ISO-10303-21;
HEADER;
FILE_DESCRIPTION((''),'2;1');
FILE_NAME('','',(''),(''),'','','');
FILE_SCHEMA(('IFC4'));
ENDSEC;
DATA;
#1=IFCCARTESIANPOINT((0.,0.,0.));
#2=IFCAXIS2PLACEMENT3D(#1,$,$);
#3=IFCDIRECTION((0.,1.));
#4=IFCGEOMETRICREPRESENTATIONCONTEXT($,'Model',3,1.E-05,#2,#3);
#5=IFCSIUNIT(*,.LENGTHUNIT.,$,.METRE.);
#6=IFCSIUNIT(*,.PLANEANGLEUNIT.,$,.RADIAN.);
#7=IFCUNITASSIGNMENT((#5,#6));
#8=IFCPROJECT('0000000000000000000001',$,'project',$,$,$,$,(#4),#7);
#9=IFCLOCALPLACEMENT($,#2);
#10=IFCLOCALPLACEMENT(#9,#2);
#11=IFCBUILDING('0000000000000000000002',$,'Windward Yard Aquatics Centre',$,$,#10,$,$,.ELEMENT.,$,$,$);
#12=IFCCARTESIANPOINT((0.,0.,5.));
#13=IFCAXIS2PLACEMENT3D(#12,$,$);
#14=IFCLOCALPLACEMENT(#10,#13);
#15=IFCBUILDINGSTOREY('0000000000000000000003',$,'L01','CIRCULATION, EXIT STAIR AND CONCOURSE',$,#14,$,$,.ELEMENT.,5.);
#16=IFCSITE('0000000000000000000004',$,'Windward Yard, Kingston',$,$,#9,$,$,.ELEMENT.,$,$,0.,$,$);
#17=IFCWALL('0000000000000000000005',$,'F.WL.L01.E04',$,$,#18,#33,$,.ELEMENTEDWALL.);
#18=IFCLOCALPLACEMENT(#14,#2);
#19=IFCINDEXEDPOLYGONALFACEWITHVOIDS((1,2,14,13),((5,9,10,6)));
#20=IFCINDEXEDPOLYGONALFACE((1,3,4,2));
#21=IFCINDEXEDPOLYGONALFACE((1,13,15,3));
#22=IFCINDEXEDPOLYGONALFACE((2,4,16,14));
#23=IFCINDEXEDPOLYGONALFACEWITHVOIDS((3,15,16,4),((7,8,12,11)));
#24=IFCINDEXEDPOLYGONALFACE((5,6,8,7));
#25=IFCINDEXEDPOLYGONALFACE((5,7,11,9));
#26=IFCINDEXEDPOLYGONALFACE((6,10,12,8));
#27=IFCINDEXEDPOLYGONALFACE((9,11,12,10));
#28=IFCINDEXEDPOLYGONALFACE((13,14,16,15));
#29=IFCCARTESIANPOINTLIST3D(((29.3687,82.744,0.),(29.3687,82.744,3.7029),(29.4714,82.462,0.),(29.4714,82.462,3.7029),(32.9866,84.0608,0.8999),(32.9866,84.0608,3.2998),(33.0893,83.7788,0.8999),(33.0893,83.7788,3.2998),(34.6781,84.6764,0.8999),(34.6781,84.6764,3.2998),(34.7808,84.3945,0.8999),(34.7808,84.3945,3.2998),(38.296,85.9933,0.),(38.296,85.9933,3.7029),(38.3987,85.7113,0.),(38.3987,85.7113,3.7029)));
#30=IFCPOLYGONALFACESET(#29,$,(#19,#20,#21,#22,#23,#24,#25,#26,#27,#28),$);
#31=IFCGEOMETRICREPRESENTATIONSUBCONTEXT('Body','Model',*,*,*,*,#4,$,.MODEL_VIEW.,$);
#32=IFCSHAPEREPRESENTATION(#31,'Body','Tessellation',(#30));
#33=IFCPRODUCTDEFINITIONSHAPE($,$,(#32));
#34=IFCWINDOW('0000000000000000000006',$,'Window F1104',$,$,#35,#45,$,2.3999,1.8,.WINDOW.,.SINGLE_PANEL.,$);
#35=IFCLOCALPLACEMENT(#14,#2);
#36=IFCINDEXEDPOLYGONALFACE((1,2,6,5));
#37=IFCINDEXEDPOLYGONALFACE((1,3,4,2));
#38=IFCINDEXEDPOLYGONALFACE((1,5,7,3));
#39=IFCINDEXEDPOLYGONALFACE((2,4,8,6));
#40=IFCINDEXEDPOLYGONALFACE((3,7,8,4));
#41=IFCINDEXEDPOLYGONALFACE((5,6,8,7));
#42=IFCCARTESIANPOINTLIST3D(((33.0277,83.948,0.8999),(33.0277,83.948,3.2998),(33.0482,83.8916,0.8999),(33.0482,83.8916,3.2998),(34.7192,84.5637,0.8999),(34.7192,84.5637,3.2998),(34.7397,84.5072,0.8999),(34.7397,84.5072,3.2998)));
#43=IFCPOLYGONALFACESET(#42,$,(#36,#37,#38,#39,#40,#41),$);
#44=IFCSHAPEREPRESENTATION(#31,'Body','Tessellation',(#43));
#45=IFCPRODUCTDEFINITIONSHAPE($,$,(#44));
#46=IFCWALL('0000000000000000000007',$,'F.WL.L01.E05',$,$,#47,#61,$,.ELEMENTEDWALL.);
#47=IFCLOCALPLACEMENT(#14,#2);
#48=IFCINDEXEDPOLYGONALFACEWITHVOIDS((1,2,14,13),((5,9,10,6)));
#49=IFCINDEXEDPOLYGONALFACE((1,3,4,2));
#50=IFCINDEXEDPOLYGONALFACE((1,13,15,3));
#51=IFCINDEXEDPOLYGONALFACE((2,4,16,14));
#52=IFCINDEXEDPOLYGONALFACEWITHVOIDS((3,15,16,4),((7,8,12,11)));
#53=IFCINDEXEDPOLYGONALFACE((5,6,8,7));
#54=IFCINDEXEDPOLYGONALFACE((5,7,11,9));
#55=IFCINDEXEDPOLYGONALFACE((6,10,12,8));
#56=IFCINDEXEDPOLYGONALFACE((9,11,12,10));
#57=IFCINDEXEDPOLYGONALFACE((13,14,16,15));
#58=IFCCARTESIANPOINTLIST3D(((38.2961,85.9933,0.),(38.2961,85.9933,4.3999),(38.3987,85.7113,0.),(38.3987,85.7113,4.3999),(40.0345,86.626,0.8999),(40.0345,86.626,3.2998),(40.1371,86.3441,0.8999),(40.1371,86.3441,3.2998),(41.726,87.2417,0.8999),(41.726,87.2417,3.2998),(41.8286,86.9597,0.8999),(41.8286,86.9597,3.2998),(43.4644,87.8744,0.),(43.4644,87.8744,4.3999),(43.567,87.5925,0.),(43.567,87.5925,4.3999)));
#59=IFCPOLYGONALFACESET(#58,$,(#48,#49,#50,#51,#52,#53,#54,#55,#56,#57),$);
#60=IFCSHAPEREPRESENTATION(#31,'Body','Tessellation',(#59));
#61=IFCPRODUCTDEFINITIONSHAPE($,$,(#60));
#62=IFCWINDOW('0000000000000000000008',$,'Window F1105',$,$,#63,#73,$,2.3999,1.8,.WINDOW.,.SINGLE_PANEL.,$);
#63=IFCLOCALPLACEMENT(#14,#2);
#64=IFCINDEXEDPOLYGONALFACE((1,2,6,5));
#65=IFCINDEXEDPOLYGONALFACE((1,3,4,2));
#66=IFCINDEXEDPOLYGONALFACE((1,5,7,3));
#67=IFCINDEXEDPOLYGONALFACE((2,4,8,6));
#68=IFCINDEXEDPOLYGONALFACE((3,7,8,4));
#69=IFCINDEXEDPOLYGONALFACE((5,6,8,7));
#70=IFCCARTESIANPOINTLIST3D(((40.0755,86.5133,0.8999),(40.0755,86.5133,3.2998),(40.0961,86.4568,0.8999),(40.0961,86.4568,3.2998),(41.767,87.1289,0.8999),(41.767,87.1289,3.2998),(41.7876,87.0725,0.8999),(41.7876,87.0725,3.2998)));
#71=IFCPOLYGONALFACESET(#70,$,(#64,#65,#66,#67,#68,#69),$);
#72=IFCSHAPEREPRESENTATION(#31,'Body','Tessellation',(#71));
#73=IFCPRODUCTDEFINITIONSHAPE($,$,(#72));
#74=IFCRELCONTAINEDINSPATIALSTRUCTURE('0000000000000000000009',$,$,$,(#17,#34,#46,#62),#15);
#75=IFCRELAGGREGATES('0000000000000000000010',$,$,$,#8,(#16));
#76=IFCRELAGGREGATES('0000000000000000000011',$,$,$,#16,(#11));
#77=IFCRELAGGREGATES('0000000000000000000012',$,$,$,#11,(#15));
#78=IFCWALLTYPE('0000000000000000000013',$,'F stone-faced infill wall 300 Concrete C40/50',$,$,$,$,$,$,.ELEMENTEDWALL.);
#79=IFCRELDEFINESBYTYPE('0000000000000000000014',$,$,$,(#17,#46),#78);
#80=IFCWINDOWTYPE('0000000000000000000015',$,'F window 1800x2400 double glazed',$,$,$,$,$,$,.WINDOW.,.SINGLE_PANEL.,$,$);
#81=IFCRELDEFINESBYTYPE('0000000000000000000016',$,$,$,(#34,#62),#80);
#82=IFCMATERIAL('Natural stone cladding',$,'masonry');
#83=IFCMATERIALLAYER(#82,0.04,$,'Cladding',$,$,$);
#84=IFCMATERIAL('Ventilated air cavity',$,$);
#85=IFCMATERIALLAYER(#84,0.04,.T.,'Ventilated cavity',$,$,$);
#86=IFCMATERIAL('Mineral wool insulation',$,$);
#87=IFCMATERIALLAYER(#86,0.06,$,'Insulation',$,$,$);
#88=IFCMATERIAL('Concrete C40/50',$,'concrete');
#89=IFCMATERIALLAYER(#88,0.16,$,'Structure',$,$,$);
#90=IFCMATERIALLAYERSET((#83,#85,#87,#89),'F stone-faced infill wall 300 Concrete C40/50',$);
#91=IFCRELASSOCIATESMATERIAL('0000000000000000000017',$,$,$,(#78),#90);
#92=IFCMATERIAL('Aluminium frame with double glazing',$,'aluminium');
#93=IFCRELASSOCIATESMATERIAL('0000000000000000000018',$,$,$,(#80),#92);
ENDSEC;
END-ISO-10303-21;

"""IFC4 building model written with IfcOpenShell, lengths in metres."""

from ifc_helpers import new_model, si_unit, direction, frame, frame_2d, origin, place, context, subcontext, project, spatial, rectangle, extrude, material, layer, layer_set, type_object, element, fill, save


model = new_model("IFC4")

# Units and contexts
model_context = context("Model", 3, precision=1e-05, world=origin(), true_north=direction((0.0, 1.0)))
body_context = subcontext(model_context, "Body", "Model", "MODEL_VIEW")
ifc_project = project(units=[si_unit("LENGTHUNIT", "METRE"), si_unit("PLANEANGLEUNIT", "RADIAN")], contexts=[model_context])

# Site, building, storey
site_placement = place(None, origin())
site = spatial("IfcSite", under=ifc_project, at=site_placement, Name="Windward Yard, Kingston", CompositionType="ELEMENT", RefElevation=0.0)
building_placement = place(site_placement, origin())
building = spatial("IfcBuilding", under=site, at=building_placement, Name="Windward Yard Aquatics Centre", CompositionType="ELEMENT")
storey_placement = place(building_placement, frame((0.0, 0.0, 5.0)))
storey = spatial("IfcBuildingStorey", under=building, at=storey_placement, Name="L01", Description="CIRCULATION, EXIT STAIR AND CONCOURSE", CompositionType="ELEMENT", Elevation=5.0)

# Walls, openings, windows
ifc_material_1 = material(Name="Natural stone cladding", Category="masonry")
ifc_layer_1 = layer(ifc_material_1, 0.04, Name="Cladding")
ifc_material_2 = material(Name="Ventilated air cavity")
ifc_layer_2 = layer(ifc_material_2, 0.04, ventilated=True, Name="Ventilated cavity")
ifc_material_3 = material(Name="Mineral wool insulation")
ifc_layer_3 = layer(ifc_material_3, 0.06, Name="Insulation")
ifc_material_4 = material(Name="Concrete C40/50", Category="concrete")
ifc_layer_4 = layer(ifc_material_4, 0.16, Name="Structure")
ifc_layer_set_1 = layer_set([ifc_layer_1, ifc_layer_2, ifc_layer_3, ifc_layer_4], Name="F stone-faced infill wall 300 Concrete C40/50")
wall_type_1 = type_object("IfcWallType", Name="F stone-faced infill wall 300 Concrete C40/50", PredefinedType="ELEMENTEDWALL", material=ifc_layer_set_1)
wall_1_placement = place(storey_placement, frame((29.4202, 82.603, 0.0), z_axis=(0.0, 0.0, 1.0), x_axis=(0.939692, 0.342022, 0.0)))
wall_1 = element("IfcWall", 1, at=wall_1_placement, inside=storey, type_object=wall_type_1, Name="F.WL.L01.E04", PredefinedType="ELEMENTEDWALL", context=body_context, shape_type="SweptSolid", body=[
    extrude(rectangle(XDim=9.5002, YDim=0.3, at=frame_2d((4.75, 0.0))), origin(), (0.0, 0.0, 1.0), 3.7029),
])
opening_1_placement = place(wall_1_placement, frame((3.8501, 0.0, 0.8999)))
opening_1 = element("IfcOpeningElement", 2, at=opening_1_placement, cuts=wall_1, PredefinedType="OPENING", context=body_context, shape_type="SweptSolid", body=[
    extrude(rectangle(XDim=1.8, YDim=2.3999, at=frame_2d((0.8999, 1.2))), frame((0.0, 0.1602, 0.0), z_axis=(0.0, -1.0, 0.0), x_axis=(1.0, 0.0, 0.0)), (0.0, 0.0, 1.0), 0.3201),
])
ifc_material_5 = material(Name="Aluminium frame with double glazing", Category="aluminium")
window_type = type_object("IfcWindowType", Name="F window 1800x2400 double glazed", PartitioningType="SINGLE_PANEL", PredefinedType="WINDOW", material=ifc_material_5)
window_1_placement = place(opening_1_placement, origin())
window_1 = element("IfcWindow", 3, at=window_1_placement, inside=storey, type_object=window_type, Name="Window F1104", OverallHeight=2.3999, OverallWidth=1.8, PartitioningType="SINGLE_PANEL", PredefinedType="WINDOW", context=body_context, shape_type="SweptSolid", body=[
    extrude(rectangle(XDim=1.8, YDim=2.3999, at=frame_2d((0.8999, 1.2))), frame((0.0, 0.03, 0.0), z_axis=(0.0, -1.0, 0.0), x_axis=(1.0, 0.0, 0.0)), (0.0, 0.0, 1.0), 0.0601),
])
fill(opening_1, window_1)
wall_2_placement = place(storey_placement, frame((38.3474, 85.8523, 0.0), z_axis=(0.0, 0.0, 1.0), x_axis=(0.939691, 0.342025, 0.0)))
wall_2 = element("IfcWall", 4, at=wall_2_placement, inside=storey, type_object=wall_type_1, Name="F.WL.L01.E05", PredefinedType="ELEMENTEDWALL", context=body_context, shape_type="SweptSolid", body=[
    extrude(rectangle(XDim=5.5, YDim=0.3, at=frame_2d((2.75, 0.0))), origin(), (0.0, 0.0, 1.0), 4.3999),
])
opening_2_placement = place(wall_2_placement, frame((1.8501, 0.0, 0.8999)))
opening_2 = element("IfcOpeningElement", 5, at=opening_2_placement, cuts=wall_2, PredefinedType="OPENING", context=body_context, shape_type="SweptSolid", body=[
    extrude(rectangle(XDim=1.8, YDim=2.3999, at=frame_2d((0.8999, 1.2))), frame((0.0, 0.1602, 0.0), z_axis=(0.0, -1.0, 0.0), x_axis=(1.0, 0.0, 0.0)), (0.0, 0.0, 1.0), 0.3201),
])
window_2_placement = place(opening_2_placement, origin())
window_2 = element("IfcWindow", 6, at=window_2_placement, inside=storey, type_object=window_type, Name="Window F1105", OverallHeight=2.3999, OverallWidth=1.8, PartitioningType="SINGLE_PANEL", PredefinedType="WINDOW", context=body_context, shape_type="SweptSolid", body=[
    extrude(rectangle(XDim=1.8, YDim=2.3999, at=frame_2d((0.8999, 1.2))), frame((0.0, 0.03, 0.0), z_axis=(0.0, -1.0, 0.0), x_axis=(1.0, 0.0, 0.0)), (0.0, 0.0, 1.0), 0.0601),
])
fill(opening_2, window_2)

save(model, "model.ifc")
